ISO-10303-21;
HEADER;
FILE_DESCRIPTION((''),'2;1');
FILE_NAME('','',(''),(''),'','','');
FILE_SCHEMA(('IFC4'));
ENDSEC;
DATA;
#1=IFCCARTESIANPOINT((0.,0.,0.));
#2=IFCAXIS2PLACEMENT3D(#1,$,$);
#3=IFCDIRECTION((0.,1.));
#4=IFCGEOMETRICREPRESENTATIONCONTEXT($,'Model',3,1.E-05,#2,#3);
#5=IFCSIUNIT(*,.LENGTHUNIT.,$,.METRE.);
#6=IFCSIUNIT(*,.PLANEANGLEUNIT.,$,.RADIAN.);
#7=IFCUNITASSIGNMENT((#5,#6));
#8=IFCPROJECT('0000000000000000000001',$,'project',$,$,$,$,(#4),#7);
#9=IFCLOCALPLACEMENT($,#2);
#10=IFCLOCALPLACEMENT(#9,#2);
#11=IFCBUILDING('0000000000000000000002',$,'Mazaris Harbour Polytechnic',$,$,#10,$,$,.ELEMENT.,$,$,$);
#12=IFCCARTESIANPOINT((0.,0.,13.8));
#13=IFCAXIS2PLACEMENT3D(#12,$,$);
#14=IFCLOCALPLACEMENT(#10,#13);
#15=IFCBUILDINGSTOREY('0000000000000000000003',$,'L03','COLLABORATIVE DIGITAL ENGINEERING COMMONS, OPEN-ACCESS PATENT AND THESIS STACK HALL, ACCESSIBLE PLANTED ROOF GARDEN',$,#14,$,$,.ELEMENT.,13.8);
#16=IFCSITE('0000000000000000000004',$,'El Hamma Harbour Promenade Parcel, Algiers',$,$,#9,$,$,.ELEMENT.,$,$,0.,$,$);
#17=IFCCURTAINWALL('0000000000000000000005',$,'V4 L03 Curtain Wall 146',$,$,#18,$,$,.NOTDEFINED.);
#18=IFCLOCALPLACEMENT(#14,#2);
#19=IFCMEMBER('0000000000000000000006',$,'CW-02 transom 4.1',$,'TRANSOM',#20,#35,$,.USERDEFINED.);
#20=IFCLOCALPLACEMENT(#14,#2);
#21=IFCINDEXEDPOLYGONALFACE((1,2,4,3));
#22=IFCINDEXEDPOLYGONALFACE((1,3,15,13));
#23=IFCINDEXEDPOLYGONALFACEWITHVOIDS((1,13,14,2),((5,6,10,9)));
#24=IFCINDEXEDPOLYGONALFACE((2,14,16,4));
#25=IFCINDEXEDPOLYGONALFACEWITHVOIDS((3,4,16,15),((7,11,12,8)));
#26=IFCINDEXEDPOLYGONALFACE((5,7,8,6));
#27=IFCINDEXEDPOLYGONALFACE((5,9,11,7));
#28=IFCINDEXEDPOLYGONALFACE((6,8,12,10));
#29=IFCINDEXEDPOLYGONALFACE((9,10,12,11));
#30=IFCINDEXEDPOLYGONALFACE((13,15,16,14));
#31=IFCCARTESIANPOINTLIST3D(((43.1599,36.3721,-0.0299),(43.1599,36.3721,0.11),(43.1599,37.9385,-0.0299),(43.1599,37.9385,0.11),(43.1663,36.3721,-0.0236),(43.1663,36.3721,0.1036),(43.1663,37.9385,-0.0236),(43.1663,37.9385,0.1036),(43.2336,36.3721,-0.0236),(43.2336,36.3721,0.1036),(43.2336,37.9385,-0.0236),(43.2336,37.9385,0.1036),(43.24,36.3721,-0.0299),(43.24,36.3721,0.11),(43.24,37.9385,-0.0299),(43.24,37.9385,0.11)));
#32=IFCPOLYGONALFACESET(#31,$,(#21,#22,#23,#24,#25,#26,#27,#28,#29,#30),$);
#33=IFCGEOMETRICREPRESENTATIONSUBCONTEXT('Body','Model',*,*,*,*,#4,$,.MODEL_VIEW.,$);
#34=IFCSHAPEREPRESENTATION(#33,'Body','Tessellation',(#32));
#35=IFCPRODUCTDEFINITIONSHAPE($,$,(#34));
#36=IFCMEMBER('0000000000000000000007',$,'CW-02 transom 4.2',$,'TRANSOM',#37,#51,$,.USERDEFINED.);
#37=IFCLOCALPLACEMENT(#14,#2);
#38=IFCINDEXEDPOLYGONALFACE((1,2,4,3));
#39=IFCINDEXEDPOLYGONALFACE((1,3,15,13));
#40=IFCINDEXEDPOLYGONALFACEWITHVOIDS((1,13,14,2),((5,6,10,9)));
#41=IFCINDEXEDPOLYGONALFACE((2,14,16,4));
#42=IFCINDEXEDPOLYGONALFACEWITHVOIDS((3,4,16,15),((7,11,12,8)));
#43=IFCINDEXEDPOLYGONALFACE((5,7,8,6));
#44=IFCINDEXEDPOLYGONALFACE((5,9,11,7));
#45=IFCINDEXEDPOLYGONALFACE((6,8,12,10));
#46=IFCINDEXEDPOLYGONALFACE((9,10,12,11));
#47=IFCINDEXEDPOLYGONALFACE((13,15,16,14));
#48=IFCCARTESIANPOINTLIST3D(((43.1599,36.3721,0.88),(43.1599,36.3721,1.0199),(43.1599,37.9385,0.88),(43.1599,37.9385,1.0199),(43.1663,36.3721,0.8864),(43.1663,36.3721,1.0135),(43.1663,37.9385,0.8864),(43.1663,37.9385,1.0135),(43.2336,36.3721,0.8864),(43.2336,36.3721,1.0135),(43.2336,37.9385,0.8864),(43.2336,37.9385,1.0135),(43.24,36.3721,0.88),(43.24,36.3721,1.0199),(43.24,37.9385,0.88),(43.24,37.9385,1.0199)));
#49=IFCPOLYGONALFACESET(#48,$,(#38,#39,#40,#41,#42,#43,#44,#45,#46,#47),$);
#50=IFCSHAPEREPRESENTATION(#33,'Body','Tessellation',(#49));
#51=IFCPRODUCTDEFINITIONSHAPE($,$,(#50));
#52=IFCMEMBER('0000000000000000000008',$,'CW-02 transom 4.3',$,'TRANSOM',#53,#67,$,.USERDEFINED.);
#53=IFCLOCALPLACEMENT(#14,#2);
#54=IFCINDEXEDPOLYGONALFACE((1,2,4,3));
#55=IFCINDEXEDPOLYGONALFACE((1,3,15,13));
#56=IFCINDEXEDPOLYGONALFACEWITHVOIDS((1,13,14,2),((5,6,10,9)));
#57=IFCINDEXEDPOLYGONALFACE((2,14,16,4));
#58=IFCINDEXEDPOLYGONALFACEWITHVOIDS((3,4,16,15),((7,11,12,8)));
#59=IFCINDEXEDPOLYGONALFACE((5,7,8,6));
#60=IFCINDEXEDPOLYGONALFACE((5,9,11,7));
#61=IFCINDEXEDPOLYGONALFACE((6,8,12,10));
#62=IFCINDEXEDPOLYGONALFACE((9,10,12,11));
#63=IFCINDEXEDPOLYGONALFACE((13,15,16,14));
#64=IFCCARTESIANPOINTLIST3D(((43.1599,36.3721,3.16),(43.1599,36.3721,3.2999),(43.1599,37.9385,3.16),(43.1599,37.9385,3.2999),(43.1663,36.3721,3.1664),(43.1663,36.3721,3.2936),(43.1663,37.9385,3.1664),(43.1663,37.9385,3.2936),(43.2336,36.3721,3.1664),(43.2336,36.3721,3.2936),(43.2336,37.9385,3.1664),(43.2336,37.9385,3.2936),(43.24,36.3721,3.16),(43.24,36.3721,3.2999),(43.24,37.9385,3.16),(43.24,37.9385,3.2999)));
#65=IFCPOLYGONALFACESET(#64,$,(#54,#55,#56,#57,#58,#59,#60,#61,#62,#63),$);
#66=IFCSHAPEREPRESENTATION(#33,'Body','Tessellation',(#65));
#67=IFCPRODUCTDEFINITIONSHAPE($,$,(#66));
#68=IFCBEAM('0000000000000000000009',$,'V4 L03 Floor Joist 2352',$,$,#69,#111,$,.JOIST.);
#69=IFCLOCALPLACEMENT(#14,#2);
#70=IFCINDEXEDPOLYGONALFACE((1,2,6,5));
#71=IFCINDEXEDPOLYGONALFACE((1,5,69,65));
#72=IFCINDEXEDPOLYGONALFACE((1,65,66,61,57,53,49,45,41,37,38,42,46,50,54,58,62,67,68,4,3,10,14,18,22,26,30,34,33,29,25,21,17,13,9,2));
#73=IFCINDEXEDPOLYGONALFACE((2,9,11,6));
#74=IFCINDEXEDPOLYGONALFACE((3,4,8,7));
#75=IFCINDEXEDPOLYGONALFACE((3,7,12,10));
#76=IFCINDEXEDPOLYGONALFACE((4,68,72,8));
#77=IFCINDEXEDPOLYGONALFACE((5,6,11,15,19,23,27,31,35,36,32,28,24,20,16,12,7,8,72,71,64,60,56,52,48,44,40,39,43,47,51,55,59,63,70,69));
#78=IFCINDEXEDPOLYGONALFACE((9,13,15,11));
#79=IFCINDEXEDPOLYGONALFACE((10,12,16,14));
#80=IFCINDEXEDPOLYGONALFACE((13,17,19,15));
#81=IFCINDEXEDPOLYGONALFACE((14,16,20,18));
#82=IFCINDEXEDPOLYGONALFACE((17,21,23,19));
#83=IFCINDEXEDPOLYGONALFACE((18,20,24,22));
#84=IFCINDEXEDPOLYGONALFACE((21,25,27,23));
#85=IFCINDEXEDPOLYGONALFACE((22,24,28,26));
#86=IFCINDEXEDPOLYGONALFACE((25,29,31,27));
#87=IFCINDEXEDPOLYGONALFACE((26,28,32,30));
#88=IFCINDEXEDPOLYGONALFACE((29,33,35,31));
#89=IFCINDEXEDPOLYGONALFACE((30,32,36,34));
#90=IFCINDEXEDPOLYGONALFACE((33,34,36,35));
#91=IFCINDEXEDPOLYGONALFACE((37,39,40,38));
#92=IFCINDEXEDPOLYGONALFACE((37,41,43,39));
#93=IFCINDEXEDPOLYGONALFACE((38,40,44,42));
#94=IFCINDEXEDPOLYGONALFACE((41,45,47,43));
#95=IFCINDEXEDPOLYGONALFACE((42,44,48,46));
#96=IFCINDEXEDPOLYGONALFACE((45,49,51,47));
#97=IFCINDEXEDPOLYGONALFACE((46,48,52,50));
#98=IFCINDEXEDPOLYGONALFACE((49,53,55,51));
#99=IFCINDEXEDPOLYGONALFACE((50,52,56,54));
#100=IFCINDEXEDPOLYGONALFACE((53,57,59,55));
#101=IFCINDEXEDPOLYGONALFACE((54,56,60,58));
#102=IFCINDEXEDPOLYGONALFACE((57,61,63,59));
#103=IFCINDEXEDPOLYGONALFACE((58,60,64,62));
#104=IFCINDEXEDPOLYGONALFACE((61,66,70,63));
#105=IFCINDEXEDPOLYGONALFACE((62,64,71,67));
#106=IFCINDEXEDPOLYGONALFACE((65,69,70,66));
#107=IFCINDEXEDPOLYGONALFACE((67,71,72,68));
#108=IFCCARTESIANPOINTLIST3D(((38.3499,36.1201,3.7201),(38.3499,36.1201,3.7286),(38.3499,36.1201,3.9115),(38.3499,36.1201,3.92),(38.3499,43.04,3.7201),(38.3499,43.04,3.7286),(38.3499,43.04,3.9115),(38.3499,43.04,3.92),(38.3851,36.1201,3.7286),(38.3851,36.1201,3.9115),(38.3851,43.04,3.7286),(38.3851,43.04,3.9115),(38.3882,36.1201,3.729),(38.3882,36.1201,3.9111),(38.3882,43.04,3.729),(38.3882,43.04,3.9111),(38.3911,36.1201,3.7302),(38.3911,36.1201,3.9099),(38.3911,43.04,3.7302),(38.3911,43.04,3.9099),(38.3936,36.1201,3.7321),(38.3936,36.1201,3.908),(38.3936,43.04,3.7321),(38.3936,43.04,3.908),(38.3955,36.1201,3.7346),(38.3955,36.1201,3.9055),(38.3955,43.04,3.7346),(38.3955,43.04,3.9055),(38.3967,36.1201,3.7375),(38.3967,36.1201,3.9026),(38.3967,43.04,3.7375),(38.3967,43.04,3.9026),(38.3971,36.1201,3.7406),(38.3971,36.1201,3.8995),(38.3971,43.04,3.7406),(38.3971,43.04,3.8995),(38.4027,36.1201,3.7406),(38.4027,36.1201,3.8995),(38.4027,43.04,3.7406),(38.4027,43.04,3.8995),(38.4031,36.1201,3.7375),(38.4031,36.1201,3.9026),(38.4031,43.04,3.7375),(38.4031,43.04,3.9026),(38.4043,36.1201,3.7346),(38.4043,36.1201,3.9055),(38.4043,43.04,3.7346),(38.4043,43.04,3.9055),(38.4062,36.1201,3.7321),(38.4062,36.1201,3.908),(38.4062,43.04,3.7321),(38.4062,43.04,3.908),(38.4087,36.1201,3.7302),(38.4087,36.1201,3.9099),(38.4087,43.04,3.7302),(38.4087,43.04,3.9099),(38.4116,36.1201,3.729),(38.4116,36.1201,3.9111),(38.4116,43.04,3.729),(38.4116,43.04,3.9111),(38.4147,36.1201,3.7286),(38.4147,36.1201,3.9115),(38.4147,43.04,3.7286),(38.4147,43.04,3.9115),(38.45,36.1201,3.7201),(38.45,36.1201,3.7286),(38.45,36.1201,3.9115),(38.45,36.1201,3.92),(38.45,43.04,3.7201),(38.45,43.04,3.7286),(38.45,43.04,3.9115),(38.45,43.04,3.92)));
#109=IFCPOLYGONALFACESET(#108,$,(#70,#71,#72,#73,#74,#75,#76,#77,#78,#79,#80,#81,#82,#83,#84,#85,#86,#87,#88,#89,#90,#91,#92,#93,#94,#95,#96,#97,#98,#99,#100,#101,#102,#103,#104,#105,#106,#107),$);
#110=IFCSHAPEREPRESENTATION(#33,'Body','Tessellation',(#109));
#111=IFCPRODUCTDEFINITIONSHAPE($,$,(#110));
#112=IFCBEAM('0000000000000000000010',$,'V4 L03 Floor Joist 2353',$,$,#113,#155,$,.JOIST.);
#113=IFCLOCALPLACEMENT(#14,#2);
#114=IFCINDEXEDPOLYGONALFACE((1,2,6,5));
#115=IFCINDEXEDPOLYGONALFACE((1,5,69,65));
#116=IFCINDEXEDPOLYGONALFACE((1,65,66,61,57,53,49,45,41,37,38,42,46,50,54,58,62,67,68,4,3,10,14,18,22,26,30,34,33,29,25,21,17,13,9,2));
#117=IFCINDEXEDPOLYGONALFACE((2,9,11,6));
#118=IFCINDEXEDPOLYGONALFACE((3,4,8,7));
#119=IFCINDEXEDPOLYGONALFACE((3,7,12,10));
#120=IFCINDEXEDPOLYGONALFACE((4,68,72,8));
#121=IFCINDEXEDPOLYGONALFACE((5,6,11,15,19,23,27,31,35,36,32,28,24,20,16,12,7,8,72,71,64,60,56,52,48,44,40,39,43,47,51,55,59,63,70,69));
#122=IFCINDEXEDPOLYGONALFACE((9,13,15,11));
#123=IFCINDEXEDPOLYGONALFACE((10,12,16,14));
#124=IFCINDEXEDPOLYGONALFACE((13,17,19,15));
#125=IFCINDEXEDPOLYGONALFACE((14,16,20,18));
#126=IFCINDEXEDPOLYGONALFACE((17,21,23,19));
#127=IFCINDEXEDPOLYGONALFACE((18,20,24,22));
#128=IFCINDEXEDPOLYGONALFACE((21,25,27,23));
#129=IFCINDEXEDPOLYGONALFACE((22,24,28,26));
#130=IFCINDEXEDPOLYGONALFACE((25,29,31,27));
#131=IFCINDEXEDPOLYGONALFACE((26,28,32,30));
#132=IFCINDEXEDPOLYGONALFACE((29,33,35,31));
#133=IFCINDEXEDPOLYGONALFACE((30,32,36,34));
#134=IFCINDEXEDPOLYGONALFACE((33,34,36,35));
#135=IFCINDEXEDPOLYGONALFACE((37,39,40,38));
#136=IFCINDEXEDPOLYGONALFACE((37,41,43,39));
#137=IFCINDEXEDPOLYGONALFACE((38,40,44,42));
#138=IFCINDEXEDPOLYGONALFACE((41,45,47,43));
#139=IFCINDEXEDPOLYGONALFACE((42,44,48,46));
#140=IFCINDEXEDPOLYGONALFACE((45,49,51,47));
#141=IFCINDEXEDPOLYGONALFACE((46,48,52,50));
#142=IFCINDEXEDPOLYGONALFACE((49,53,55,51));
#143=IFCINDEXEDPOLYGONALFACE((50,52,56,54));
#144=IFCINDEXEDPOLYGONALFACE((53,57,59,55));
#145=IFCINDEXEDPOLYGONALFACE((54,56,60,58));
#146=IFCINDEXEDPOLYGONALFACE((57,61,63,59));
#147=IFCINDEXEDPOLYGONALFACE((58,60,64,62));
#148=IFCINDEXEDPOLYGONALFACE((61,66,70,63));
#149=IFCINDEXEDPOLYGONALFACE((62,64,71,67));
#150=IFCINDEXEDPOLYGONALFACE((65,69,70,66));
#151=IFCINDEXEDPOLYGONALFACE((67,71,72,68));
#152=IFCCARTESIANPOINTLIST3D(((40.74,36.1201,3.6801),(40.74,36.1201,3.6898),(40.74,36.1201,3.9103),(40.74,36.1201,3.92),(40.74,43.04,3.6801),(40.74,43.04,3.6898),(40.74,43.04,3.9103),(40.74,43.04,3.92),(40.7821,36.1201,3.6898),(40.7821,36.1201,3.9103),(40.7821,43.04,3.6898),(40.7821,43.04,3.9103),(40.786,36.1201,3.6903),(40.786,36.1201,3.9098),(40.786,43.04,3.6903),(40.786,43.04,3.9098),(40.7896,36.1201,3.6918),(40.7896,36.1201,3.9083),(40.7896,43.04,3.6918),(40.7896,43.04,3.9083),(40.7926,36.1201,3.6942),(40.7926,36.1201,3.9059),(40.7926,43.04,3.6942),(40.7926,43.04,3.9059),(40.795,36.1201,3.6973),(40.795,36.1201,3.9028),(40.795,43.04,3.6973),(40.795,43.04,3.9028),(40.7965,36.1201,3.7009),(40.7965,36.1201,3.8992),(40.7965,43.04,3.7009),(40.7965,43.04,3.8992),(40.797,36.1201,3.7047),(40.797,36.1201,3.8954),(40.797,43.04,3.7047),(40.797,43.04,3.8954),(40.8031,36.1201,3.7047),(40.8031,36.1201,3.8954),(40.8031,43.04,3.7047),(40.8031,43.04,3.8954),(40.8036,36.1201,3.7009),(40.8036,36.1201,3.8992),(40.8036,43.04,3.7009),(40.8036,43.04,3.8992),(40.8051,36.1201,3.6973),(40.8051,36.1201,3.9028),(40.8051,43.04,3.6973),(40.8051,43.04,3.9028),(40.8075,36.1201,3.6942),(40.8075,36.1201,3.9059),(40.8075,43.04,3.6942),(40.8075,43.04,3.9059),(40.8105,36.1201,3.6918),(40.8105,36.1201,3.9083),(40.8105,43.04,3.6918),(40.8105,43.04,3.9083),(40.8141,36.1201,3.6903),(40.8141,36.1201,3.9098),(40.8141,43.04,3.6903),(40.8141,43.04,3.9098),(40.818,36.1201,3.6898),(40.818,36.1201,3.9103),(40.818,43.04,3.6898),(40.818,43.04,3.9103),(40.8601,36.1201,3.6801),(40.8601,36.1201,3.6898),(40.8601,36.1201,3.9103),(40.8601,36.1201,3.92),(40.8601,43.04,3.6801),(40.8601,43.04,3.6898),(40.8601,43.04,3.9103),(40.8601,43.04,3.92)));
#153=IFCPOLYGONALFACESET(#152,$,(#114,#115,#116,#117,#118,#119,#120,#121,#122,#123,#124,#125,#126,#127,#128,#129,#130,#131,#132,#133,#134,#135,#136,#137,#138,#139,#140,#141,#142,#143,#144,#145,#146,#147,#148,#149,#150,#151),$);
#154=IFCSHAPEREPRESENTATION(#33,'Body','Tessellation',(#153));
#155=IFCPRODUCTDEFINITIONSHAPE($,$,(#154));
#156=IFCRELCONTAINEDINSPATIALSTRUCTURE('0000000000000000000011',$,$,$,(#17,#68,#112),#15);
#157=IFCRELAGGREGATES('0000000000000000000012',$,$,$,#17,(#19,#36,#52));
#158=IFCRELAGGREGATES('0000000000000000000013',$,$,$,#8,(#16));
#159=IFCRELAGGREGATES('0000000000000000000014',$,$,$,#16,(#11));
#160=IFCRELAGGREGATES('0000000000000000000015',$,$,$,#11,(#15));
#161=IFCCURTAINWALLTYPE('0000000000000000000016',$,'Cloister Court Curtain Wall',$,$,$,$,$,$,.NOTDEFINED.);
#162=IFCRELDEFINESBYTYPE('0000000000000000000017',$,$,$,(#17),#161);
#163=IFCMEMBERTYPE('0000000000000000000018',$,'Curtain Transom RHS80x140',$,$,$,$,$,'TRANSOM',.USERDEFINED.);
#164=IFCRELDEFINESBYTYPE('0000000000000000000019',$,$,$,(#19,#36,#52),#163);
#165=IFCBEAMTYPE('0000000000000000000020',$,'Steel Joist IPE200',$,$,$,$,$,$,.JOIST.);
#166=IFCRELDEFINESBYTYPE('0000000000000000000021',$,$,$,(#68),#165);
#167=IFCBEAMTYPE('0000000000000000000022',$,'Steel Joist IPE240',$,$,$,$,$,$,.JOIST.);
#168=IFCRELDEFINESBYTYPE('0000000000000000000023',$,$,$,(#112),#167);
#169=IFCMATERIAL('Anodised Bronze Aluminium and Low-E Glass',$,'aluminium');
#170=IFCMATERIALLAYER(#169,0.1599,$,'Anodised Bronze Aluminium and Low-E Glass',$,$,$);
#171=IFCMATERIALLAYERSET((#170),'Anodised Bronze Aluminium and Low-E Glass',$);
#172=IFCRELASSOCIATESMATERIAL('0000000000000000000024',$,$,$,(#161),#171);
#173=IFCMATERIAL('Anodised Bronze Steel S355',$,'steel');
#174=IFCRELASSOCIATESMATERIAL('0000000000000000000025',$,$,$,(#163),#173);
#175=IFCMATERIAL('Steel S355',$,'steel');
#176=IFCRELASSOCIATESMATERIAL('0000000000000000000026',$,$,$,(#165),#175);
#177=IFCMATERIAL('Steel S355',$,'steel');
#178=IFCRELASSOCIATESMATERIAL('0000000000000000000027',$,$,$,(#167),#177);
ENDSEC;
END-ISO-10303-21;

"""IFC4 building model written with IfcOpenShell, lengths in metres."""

from ifc_helpers import new_model, si_unit, direction, frame, origin, origin_2d, place, context, subcontext, project, spatial, hollow_rectangle, i_section, extrude, material, layer, layer_set, material_profile, profile_set, type_object, element, aggregate, save


model = new_model("IFC4")

# Units and contexts
model_context = context("Model", 3, precision=1e-05, world=origin(), true_north=direction((0.0, 1.0)))
body_context = subcontext(model_context, "Body", "Model", "MODEL_VIEW")
ifc_project = project(units=[si_unit("LENGTHUNIT", "METRE"), si_unit("PLANEANGLEUNIT", "RADIAN")], contexts=[model_context])

# Site, building, storey
site_placement = place(None, origin())
site = spatial("IfcSite", under=ifc_project, at=site_placement, Name="El Hamma Harbour Promenade Parcel, Algiers", CompositionType="ELEMENT", RefElevation=0.0)
building_placement = place(site_placement, origin())
building = spatial("IfcBuilding", under=site, at=building_placement, Name="Mazaris Harbour Polytechnic", CompositionType="ELEMENT")
storey_placement = place(building_placement, frame((0.0, 0.0, 13.8)))
storey = spatial("IfcBuildingStorey", under=building, at=storey_placement, Name="L03", Description="COLLABORATIVE DIGITAL ENGINEERING COMMONS, OPEN-ACCESS PATENT AND THESIS STACK HALL, ACCESSIBLE PLANTED ROOF GARDEN", CompositionType="ELEMENT", Elevation=13.8)

# Curtain wall, members
ifc_material_1 = material(Name="Anodised Bronze Aluminium and Low-E Glass", Category="aluminium")
ifc_layer_1 = layer(ifc_material_1, 0.1599, Name="Anodised Bronze Aluminium and Low-E Glass")
ifc_layer_set_1 = layer_set([ifc_layer_1], Name="Anodised Bronze Aluminium and Low-E Glass")
curtain_wall_type = type_object("IfcCurtainWallType", Name="Cloister Court Curtain Wall", PredefinedType="NOTDEFINED", material=ifc_layer_set_1)
curtain_wall_placement = place(storey_placement, origin())
curtain_wall = element("IfcCurtainWall", 1, at=curtain_wall_placement, inside=storey, type_object=curtain_wall_type, Name="V4 L03 Curtain Wall 146", PredefinedType="NOTDEFINED")
ifc_material_2 = material(Name="Anodised Bronze Steel S355", Category="steel")
ifc_material_profile_1 = material_profile(ifc_material_2, hollow_rectangle(XDim=0.0801, YDim=0.1399, WallThickness=0.0063, at=origin_2d()), Name="RHS 80x140x6.3")
ifc_profile_set_1 = profile_set([ifc_material_profile_1], Name="Anodised Bronze Steel S355")
member_type_1 = type_object("IfcMemberType", Name="Curtain Transom RHS80x140", ElementType="TRANSOM", PredefinedType="USERDEFINED", material=ifc_profile_set_1)
member_1_placement = place(storey_placement, frame((43.2, 37.9385, 0.04), z_axis=(0.0, -1.0, 0.0), x_axis=(1.0, 0.0, 0.0)))
member_1 = element("IfcMember", 2, at=member_1_placement, type_object=member_type_1, Name="CW-02 transom 4.1", ObjectType="TRANSOM", PredefinedType="USERDEFINED", context=body_context, shape_type="SweptSolid", body=[
    extrude(hollow_rectangle(XDim=0.0801, YDim=0.1399, WallThickness=0.0063, at=origin_2d()), origin(), (0.0, 0.0, 1.0), 1.5664),
])
member_2_placement = place(storey_placement, frame((43.2, 37.9385, 0.95), z_axis=(0.0, -1.0, 0.0), x_axis=(1.0, 0.0, 0.0)))
member_2 = element("IfcMember", 3, at=member_2_placement, type_object=member_type_1, Name="CW-02 transom 4.2", ObjectType="TRANSOM", PredefinedType="USERDEFINED", context=body_context, shape_type="SweptSolid", body=[
    extrude(hollow_rectangle(XDim=0.0801, YDim=0.1399, WallThickness=0.0063, at=origin_2d()), origin(), (0.0, 0.0, 1.0), 1.5664),
])
member_3_placement = place(storey_placement, frame((43.2, 37.9385, 3.23), z_axis=(0.0, -1.0, 0.0), x_axis=(1.0, 0.0, 0.0)))
member_3 = element("IfcMember", 4, at=member_3_placement, type_object=member_type_1, Name="CW-02 transom 4.3", ObjectType="TRANSOM", PredefinedType="USERDEFINED", context=body_context, shape_type="SweptSolid", body=[
    extrude(hollow_rectangle(XDim=0.0801, YDim=0.1399, WallThickness=0.0063, at=origin_2d()), origin(), (0.0, 0.0, 1.0), 1.5664),
])

# Beams
ifc_material_3 = material(Name="Steel S355", Category="steel")
ifc_material_profile_2 = material_profile(ifc_material_3, i_section(OverallWidth=0.1001, OverallDepth=0.2, WebThickness=0.0056, FlangeThickness=0.0085, FilletRadius=0.012, at=origin_2d()), Name="IPE 200")
ifc_profile_set_2 = profile_set([ifc_material_profile_2], Name="Steel S355")
beam_type_1 = type_object("IfcBeamType", Name="Steel Joist IPE200", PredefinedType="JOIST", material=ifc_profile_set_2)
beam_1_placement = place(storey_placement, frame((38.3999, 36.1201, 3.8201), z_axis=(0.0, 1.0, 0.0), x_axis=(-1.0, 0.0, 0.0)))
element("IfcBeam", 5, at=beam_1_placement, inside=storey, type_object=beam_type_1, Name="V4 L03 Floor Joist 2352", PredefinedType="JOIST", context=body_context, shape_type="SweptSolid", body=[
    extrude(i_section(OverallWidth=0.1001, OverallDepth=0.2, WebThickness=0.0056, FlangeThickness=0.0085, FilletRadius=0.012, at=origin_2d()), origin(), (0.0, 0.0, 1.0), 6.9199),
])
ifc_material_4 = material(Name="Steel S355", Category="steel")
ifc_material_profile_3 = material_profile(ifc_material_4, i_section(OverallWidth=0.1201, OverallDepth=0.24, WebThickness=0.0061, FlangeThickness=0.0098, FilletRadius=0.0149, at=origin_2d()), Name="IPE 240")
ifc_profile_set_3 = profile_set([ifc_material_profile_3], Name="Steel S355")
beam_type_2 = type_object("IfcBeamType", Name="Steel Joist IPE240", PredefinedType="JOIST", material=ifc_profile_set_3)
beam_2_placement = place(storey_placement, frame((40.8, 36.1201, 3.8), z_axis=(0.0, 1.0, 0.0), x_axis=(-1.0, 0.0, 0.0)))
element("IfcBeam", 6, at=beam_2_placement, inside=storey, type_object=beam_type_2, Name="V4 L03 Floor Joist 2353", PredefinedType="JOIST", context=body_context, shape_type="SweptSolid", body=[
    extrude(i_section(OverallWidth=0.1201, OverallDepth=0.24, WebThickness=0.0061, FlangeThickness=0.0098, FilletRadius=0.0149, at=origin_2d()), origin(), (0.0, 0.0, 1.0), 6.9199),
])

aggregate(curtain_wall, [member_1, member_2, member_3])

save(model, "model.ifc")
